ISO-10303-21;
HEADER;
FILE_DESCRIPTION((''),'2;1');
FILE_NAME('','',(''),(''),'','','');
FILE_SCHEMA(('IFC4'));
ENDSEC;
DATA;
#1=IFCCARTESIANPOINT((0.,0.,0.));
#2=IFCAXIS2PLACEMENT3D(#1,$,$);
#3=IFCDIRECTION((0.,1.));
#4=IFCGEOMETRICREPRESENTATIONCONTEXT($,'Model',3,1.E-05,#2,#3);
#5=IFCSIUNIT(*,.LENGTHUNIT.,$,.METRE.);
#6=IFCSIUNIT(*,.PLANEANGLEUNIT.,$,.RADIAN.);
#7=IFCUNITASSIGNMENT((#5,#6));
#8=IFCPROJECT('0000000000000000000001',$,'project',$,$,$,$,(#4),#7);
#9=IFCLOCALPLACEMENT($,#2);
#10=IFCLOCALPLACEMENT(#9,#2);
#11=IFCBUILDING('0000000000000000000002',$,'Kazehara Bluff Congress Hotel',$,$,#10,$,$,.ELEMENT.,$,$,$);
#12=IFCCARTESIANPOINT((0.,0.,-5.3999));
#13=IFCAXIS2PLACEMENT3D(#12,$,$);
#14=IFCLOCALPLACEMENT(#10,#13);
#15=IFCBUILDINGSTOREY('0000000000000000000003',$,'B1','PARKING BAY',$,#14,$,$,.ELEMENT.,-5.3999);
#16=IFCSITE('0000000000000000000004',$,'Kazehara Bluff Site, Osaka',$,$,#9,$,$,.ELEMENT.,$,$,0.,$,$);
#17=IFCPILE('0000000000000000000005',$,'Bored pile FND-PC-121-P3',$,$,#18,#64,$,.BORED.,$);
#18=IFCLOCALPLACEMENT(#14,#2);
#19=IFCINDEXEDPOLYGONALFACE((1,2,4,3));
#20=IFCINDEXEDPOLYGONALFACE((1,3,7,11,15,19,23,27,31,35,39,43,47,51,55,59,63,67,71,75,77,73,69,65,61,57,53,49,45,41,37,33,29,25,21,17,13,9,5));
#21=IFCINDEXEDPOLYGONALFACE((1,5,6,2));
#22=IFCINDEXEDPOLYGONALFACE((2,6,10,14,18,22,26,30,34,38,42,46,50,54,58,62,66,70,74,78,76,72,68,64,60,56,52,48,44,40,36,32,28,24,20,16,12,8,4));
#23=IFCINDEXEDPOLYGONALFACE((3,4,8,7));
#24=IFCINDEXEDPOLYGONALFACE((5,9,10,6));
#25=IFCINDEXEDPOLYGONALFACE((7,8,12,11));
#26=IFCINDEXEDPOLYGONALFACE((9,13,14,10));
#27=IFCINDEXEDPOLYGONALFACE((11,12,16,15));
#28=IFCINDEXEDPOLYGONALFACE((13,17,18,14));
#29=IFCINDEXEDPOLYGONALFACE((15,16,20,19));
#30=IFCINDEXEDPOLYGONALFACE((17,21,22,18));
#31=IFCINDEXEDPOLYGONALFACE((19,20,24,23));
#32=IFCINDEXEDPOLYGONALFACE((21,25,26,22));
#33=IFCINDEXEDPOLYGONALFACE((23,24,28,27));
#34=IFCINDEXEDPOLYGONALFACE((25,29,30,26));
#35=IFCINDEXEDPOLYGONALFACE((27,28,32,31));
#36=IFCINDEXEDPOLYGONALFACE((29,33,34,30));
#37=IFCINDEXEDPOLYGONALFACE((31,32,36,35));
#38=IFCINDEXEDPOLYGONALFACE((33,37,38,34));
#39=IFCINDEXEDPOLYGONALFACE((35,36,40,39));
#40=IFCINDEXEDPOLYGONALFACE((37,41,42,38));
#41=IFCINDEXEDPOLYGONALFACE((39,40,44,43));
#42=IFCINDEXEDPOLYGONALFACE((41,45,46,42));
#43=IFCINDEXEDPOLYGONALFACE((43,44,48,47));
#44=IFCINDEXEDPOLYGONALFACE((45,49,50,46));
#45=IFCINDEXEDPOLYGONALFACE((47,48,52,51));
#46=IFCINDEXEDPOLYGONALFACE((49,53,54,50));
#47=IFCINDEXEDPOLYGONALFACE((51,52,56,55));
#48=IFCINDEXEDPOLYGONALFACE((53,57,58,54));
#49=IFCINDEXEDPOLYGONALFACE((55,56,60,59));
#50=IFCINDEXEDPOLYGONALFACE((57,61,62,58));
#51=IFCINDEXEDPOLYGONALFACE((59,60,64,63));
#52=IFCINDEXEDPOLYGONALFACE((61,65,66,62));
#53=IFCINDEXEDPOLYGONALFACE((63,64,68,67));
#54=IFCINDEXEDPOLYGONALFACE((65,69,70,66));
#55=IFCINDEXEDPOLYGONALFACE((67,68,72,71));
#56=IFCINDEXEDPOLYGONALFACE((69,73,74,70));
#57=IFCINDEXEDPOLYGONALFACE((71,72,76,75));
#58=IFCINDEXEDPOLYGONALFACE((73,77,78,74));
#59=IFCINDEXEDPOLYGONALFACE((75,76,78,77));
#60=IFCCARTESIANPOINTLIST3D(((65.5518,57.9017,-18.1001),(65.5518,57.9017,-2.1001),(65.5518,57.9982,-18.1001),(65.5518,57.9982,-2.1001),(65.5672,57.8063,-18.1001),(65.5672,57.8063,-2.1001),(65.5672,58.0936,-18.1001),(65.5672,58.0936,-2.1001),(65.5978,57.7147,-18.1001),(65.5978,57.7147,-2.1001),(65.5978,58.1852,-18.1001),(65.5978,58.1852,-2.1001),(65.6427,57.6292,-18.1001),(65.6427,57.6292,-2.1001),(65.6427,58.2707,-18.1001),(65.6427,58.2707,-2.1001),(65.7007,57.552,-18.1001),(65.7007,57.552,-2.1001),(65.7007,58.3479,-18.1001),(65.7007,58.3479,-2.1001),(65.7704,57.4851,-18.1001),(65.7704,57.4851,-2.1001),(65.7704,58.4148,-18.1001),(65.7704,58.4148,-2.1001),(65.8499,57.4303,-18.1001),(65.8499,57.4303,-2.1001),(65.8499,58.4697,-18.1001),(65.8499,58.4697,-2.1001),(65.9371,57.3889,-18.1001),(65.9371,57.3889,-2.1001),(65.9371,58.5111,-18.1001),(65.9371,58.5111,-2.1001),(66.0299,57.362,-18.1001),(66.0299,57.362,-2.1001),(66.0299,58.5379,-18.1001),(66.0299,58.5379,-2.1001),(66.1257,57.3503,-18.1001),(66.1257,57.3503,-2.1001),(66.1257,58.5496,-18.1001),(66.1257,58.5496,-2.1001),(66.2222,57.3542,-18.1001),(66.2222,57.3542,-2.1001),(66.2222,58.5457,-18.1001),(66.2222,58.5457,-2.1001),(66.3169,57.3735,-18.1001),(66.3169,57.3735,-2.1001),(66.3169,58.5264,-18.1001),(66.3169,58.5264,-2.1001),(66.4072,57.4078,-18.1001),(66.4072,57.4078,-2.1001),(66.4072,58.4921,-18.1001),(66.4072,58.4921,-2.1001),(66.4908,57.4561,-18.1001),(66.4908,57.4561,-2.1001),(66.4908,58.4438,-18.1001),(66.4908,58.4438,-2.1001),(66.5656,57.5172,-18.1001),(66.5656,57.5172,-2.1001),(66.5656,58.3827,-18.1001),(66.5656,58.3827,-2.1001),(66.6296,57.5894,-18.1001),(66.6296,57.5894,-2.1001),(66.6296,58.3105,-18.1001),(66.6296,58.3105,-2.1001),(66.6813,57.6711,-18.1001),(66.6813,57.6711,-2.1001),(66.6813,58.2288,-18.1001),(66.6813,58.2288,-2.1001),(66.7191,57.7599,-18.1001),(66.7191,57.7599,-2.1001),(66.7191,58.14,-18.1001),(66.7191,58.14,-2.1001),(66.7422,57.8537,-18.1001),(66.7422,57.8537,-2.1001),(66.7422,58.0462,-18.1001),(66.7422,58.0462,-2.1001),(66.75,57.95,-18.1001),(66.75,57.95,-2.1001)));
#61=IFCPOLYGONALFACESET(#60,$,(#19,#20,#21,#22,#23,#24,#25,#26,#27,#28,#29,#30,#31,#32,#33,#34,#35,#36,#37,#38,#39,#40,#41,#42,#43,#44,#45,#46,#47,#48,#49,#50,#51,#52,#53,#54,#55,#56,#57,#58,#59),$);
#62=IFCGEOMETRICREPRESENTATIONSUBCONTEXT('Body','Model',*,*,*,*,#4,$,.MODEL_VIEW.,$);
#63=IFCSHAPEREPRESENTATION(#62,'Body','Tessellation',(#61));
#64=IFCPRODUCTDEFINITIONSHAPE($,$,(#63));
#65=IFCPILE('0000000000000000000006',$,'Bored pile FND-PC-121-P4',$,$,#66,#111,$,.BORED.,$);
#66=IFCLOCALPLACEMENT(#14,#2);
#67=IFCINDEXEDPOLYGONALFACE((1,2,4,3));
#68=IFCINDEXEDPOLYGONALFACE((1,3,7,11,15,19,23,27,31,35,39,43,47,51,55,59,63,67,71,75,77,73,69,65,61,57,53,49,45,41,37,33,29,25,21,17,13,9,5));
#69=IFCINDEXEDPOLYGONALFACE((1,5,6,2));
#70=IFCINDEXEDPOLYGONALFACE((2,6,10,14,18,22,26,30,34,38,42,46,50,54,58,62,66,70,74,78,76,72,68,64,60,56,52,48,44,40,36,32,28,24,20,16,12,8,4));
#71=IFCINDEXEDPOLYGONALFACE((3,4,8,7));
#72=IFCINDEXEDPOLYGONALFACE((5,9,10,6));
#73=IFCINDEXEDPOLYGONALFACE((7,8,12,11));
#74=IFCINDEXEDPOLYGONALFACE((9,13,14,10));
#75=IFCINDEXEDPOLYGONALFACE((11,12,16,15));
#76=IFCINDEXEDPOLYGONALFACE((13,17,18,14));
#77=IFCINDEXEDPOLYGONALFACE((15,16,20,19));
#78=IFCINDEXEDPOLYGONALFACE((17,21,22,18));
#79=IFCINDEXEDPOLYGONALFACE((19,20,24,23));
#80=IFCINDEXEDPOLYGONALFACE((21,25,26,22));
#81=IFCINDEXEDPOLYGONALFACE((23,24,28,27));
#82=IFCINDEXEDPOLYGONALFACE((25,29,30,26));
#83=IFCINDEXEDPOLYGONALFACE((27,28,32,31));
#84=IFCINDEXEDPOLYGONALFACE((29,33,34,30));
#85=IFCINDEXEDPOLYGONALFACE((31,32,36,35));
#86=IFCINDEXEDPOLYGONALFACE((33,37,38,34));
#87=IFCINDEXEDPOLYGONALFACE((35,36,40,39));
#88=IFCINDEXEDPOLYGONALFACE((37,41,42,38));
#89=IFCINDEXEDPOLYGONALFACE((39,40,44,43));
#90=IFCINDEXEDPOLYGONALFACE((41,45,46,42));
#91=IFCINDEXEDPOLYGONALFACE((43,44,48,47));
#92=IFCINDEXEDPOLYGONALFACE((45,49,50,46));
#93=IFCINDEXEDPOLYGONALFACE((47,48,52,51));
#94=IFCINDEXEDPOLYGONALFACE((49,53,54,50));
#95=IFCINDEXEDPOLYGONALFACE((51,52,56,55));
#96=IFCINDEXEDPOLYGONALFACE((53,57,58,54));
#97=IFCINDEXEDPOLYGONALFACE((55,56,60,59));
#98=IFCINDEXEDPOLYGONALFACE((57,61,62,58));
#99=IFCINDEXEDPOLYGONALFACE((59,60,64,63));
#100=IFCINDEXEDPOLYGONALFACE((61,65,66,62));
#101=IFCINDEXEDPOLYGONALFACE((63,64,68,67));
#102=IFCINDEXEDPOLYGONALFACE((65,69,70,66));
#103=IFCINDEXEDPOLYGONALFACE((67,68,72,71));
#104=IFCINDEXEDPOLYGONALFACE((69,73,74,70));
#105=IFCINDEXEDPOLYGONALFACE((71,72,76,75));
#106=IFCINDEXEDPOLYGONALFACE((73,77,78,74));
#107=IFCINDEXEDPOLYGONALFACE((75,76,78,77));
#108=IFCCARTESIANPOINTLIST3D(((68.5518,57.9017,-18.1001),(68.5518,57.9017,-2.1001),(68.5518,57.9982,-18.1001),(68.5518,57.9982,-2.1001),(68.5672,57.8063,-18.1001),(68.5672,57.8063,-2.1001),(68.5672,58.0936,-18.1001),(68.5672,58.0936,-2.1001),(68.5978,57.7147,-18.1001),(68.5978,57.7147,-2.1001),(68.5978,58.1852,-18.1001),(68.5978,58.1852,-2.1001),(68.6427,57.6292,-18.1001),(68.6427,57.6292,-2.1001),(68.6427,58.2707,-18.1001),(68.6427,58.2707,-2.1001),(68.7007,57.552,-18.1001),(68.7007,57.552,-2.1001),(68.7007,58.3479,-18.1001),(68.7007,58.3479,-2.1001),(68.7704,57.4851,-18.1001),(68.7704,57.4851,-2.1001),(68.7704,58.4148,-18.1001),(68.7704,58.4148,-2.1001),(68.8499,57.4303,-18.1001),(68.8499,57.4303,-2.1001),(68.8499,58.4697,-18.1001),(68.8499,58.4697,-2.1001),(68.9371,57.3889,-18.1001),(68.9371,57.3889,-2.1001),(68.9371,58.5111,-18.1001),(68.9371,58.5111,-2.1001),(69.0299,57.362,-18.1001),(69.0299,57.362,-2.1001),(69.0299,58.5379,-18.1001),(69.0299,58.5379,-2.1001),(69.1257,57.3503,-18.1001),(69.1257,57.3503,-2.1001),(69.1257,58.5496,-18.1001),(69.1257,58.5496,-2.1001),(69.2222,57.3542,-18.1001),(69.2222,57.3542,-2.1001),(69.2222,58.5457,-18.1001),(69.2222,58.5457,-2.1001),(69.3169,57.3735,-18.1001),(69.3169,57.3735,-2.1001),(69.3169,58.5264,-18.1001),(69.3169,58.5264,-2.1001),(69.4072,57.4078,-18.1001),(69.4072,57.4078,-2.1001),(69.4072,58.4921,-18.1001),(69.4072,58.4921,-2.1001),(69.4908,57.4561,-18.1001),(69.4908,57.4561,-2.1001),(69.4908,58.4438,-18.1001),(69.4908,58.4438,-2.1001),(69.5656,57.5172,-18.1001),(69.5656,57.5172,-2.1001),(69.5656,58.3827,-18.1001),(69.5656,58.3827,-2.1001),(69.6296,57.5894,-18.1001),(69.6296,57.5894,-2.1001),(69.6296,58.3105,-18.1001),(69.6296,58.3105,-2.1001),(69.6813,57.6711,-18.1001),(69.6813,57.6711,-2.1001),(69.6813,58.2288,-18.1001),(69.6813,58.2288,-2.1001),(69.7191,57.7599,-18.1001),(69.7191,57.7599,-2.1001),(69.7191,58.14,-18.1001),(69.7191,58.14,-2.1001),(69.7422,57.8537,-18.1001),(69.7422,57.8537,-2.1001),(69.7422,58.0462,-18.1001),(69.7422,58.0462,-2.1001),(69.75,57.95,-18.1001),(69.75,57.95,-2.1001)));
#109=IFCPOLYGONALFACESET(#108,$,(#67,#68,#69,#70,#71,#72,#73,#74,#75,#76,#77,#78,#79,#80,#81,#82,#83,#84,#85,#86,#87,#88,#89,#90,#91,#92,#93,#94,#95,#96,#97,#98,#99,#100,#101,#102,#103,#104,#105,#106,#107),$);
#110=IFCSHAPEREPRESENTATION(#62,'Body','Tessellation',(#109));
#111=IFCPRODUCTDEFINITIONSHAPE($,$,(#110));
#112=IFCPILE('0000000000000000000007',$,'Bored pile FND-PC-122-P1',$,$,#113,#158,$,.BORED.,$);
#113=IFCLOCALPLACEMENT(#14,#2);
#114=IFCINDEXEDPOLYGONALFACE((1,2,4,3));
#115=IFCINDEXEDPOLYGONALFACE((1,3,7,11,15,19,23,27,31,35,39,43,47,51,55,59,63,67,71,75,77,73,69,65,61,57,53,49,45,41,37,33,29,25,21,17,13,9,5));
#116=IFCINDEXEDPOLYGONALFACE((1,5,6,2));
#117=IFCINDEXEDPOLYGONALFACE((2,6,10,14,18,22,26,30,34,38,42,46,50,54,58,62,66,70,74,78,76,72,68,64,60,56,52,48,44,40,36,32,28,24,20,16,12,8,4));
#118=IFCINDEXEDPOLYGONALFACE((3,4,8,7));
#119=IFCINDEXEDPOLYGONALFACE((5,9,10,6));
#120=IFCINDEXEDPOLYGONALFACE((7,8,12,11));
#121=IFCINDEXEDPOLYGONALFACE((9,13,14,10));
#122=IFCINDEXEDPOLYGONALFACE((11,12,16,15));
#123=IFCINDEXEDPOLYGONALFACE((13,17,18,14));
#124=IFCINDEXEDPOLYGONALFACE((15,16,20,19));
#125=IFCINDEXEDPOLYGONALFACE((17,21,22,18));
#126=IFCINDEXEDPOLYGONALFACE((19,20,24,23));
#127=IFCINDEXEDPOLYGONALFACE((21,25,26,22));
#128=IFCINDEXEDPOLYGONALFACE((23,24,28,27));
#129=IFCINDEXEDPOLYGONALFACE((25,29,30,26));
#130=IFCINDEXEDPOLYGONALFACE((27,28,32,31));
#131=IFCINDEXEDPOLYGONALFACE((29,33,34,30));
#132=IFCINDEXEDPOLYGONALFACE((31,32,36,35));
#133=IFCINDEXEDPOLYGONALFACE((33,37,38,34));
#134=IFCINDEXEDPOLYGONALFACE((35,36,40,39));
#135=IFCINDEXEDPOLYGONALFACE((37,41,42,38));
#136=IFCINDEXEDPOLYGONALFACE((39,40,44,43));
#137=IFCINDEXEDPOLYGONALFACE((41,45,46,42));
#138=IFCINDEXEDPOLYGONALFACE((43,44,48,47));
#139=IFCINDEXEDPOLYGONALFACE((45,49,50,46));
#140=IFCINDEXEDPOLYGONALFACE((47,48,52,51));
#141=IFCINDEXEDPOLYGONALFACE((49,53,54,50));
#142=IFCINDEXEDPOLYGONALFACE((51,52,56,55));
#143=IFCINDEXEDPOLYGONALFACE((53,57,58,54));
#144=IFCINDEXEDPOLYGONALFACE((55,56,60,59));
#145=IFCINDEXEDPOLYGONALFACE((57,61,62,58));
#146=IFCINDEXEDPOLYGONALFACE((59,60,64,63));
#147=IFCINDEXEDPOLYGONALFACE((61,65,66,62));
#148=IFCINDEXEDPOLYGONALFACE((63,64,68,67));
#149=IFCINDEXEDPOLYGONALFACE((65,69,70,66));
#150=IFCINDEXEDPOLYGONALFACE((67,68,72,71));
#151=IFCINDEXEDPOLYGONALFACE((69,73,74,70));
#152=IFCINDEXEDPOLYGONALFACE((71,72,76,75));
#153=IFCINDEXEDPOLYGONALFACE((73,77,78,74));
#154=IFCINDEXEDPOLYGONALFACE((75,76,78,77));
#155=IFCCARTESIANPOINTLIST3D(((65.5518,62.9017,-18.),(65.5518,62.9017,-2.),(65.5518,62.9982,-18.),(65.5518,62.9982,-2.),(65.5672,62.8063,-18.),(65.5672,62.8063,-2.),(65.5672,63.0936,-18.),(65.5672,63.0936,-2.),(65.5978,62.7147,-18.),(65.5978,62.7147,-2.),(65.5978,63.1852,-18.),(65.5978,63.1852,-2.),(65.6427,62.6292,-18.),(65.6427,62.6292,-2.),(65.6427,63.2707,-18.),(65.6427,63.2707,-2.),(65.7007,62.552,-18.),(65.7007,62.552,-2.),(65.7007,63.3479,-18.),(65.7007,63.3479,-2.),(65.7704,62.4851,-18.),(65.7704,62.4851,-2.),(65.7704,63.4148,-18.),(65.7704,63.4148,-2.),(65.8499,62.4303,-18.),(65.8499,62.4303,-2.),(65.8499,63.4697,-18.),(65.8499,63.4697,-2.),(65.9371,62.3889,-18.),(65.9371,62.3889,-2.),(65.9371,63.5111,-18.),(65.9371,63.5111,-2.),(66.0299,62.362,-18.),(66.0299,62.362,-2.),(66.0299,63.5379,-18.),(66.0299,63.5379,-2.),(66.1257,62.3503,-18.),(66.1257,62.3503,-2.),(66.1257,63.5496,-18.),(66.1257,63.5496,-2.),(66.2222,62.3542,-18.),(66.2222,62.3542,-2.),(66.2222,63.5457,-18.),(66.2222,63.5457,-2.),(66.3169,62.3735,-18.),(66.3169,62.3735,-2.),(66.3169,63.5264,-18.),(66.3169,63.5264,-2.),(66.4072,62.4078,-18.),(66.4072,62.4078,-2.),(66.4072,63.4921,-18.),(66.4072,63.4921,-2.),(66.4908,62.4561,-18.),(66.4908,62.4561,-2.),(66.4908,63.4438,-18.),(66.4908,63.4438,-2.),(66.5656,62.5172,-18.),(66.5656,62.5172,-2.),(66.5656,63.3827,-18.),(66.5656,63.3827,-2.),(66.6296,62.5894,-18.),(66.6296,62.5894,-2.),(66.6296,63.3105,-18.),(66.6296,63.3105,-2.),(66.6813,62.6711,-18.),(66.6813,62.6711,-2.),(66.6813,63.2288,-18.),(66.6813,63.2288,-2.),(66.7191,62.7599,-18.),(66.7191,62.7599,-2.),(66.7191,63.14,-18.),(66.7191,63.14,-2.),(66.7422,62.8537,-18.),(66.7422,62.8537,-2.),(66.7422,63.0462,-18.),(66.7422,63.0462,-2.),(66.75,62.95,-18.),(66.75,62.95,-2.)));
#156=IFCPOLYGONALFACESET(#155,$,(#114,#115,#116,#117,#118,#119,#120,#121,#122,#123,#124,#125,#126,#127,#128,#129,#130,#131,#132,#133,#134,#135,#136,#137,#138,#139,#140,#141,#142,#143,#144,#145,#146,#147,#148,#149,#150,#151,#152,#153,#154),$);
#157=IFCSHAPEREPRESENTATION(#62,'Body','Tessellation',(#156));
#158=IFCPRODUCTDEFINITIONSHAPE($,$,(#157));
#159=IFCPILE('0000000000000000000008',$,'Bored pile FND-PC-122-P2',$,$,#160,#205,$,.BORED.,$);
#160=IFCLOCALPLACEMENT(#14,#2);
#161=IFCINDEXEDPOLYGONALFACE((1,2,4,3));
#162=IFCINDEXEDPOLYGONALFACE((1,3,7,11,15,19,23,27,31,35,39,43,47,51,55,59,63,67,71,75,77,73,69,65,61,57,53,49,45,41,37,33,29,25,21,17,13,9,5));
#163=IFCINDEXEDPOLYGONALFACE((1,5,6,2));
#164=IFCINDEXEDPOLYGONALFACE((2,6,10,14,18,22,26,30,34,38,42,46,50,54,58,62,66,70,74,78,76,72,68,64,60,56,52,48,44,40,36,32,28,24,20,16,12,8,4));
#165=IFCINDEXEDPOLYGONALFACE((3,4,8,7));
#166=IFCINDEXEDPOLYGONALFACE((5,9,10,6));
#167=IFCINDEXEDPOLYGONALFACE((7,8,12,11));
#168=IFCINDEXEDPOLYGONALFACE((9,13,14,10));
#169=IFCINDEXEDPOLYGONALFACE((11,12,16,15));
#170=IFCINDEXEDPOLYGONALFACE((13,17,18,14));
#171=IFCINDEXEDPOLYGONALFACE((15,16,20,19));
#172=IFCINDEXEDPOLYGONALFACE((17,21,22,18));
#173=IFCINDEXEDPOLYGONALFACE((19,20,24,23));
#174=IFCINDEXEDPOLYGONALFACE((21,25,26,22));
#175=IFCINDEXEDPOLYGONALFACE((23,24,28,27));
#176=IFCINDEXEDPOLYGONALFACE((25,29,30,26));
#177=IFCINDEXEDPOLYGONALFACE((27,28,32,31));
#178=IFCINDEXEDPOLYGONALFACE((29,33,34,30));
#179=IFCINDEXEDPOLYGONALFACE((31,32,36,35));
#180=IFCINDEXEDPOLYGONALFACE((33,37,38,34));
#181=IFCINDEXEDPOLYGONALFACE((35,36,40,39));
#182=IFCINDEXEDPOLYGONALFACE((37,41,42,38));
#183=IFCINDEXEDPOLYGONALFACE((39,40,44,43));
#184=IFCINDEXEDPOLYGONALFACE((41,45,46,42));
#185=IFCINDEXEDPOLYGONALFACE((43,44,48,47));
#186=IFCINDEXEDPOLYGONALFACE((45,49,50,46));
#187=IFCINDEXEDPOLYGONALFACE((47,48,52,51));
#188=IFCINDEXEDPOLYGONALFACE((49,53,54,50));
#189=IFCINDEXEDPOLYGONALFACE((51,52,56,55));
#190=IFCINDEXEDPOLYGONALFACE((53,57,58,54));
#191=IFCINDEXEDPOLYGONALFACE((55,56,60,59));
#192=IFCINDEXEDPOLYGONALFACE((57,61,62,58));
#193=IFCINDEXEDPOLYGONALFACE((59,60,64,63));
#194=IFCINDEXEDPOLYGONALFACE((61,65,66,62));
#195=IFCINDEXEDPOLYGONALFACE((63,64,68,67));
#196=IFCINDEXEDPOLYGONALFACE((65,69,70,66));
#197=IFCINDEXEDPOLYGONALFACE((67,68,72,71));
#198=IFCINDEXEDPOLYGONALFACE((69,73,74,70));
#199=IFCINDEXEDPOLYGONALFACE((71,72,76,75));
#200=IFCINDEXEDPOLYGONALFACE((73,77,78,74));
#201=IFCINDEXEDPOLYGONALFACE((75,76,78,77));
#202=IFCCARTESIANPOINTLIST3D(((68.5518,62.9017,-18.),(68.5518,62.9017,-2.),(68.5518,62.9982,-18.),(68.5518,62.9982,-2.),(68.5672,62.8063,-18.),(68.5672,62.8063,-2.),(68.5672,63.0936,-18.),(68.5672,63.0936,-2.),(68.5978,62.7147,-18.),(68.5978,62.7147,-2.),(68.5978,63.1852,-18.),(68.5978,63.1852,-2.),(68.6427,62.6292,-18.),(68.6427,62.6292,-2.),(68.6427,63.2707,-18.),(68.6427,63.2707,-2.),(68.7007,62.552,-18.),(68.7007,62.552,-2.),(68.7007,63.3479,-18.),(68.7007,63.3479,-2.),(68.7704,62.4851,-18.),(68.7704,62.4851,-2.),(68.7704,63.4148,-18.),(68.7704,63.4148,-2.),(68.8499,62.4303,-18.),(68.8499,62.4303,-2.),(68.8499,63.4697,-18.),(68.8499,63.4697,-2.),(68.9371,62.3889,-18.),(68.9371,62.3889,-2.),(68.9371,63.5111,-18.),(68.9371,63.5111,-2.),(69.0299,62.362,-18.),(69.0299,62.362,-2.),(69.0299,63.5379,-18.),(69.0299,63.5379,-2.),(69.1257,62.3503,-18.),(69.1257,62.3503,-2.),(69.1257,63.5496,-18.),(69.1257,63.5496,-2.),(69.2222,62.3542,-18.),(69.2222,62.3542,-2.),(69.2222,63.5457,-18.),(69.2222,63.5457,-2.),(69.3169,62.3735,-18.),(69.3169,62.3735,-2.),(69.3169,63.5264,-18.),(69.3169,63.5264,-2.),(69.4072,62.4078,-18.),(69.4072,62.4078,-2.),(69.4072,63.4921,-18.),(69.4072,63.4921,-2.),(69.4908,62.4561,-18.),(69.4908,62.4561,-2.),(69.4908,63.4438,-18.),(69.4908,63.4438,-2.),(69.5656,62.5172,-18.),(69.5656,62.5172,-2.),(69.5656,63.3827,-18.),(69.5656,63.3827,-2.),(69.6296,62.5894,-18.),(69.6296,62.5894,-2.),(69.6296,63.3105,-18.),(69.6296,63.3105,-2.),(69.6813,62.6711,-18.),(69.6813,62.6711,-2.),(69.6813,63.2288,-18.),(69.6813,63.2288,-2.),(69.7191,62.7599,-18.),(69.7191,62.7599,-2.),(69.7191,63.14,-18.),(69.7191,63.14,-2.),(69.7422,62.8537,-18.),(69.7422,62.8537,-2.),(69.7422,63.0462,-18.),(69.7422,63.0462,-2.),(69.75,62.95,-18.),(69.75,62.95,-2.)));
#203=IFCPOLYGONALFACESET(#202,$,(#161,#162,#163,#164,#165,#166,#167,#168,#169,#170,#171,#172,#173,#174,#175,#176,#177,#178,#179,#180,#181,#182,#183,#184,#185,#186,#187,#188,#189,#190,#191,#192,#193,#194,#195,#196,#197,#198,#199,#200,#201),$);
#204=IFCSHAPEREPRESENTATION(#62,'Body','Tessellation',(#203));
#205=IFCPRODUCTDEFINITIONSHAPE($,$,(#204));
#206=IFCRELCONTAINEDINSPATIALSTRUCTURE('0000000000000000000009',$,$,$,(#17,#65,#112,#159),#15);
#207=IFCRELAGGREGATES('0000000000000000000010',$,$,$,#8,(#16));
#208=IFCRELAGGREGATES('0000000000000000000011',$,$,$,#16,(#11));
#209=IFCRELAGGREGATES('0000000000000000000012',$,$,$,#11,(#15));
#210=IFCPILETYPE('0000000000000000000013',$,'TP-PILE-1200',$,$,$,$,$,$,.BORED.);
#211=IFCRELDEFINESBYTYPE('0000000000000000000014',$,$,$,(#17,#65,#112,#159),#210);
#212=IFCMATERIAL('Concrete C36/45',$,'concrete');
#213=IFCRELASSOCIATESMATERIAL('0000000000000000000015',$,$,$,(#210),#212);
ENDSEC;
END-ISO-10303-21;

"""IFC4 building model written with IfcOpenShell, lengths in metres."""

from ifc_helpers import new_model, si_unit, direction, frame, origin, origin_2d, place, context, subcontext, project, spatial, circle, extrude, material, material_profile, profile_set, type_object, element, save


model = new_model("IFC4")

# Units and contexts
model_context = context("Model", 3, precision=1e-05, world=origin(), true_north=direction((0.0, 1.0)))
body_context = subcontext(model_context, "Body", "Model", "MODEL_VIEW")
ifc_project = project(units=[si_unit("LENGTHUNIT", "METRE"), si_unit("PLANEANGLEUNIT", "RADIAN")], contexts=[model_context])

# Site, building, storey
site_placement = place(None, origin())
site = spatial("IfcSite", under=ifc_project, at=site_placement, Name="Kazehara Bluff Site, Osaka", CompositionType="ELEMENT", RefElevation=0.0)
building_placement = place(site_placement, origin())
building = spatial("IfcBuilding", under=site, at=building_placement, Name="Kazehara Bluff Congress Hotel", CompositionType="ELEMENT")
storey_placement = place(building_placement, frame((0.0, 0.0, -5.3999)))
storey = spatial("IfcBuildingStorey", under=building, at=storey_placement, Name="B1", Description="PARKING BAY", CompositionType="ELEMENT", Elevation=-5.3999)

# Piles
ifc_material_1 = material(Name="Concrete C36/45", Category="concrete")
ifc_material_profile_1 = material_profile(ifc_material_1, circle(Radius=0.6001, at=origin_2d()))
ifc_profile_set_1 = profile_set([ifc_material_profile_1], Name="Concrete C36/45")
pile_type_1 = type_object("IfcPileType", Name="TP-PILE-1200", PredefinedType="BORED", material=ifc_profile_set_1)
for number, where, z_axis, x_axis, name in (
    (1, (66.1499, 57.95, -2.1001), (0.0, 0.0, -1.0), (1.0, 0.0, 0.0), "Bored pile FND-PC-121-P3"),
    (2, (69.1499, 57.95, -2.1001), (0.0, 0.0, -1.0), (1.0, 0.0, 0.0), "Bored pile FND-PC-121-P4"),
    (3, (66.1499, 62.95, -2.0), (0.0, 0.0, -1.0), (1.0, 0.0, 0.0), "Bored pile FND-PC-122-P1"),
    (4, (69.1499, 62.95, -2.0), (0.0, 0.0, -1.0), (1.0, 0.0, 0.0), "Bored pile FND-PC-122-P2"),
):
    element("IfcPile", number, at=place(storey_placement, frame(where, z_axis=z_axis, x_axis=x_axis)), inside=storey, type_object=pile_type_1, Name=name, PredefinedType="BORED", context=body_context, shape_type="SweptSolid", body=[
        extrude(circle(Radius=0.6001, at=origin_2d()), origin(), (0.0, 0.0, 1.0), 16.0),
    ])

save(model, "model.ifc")
